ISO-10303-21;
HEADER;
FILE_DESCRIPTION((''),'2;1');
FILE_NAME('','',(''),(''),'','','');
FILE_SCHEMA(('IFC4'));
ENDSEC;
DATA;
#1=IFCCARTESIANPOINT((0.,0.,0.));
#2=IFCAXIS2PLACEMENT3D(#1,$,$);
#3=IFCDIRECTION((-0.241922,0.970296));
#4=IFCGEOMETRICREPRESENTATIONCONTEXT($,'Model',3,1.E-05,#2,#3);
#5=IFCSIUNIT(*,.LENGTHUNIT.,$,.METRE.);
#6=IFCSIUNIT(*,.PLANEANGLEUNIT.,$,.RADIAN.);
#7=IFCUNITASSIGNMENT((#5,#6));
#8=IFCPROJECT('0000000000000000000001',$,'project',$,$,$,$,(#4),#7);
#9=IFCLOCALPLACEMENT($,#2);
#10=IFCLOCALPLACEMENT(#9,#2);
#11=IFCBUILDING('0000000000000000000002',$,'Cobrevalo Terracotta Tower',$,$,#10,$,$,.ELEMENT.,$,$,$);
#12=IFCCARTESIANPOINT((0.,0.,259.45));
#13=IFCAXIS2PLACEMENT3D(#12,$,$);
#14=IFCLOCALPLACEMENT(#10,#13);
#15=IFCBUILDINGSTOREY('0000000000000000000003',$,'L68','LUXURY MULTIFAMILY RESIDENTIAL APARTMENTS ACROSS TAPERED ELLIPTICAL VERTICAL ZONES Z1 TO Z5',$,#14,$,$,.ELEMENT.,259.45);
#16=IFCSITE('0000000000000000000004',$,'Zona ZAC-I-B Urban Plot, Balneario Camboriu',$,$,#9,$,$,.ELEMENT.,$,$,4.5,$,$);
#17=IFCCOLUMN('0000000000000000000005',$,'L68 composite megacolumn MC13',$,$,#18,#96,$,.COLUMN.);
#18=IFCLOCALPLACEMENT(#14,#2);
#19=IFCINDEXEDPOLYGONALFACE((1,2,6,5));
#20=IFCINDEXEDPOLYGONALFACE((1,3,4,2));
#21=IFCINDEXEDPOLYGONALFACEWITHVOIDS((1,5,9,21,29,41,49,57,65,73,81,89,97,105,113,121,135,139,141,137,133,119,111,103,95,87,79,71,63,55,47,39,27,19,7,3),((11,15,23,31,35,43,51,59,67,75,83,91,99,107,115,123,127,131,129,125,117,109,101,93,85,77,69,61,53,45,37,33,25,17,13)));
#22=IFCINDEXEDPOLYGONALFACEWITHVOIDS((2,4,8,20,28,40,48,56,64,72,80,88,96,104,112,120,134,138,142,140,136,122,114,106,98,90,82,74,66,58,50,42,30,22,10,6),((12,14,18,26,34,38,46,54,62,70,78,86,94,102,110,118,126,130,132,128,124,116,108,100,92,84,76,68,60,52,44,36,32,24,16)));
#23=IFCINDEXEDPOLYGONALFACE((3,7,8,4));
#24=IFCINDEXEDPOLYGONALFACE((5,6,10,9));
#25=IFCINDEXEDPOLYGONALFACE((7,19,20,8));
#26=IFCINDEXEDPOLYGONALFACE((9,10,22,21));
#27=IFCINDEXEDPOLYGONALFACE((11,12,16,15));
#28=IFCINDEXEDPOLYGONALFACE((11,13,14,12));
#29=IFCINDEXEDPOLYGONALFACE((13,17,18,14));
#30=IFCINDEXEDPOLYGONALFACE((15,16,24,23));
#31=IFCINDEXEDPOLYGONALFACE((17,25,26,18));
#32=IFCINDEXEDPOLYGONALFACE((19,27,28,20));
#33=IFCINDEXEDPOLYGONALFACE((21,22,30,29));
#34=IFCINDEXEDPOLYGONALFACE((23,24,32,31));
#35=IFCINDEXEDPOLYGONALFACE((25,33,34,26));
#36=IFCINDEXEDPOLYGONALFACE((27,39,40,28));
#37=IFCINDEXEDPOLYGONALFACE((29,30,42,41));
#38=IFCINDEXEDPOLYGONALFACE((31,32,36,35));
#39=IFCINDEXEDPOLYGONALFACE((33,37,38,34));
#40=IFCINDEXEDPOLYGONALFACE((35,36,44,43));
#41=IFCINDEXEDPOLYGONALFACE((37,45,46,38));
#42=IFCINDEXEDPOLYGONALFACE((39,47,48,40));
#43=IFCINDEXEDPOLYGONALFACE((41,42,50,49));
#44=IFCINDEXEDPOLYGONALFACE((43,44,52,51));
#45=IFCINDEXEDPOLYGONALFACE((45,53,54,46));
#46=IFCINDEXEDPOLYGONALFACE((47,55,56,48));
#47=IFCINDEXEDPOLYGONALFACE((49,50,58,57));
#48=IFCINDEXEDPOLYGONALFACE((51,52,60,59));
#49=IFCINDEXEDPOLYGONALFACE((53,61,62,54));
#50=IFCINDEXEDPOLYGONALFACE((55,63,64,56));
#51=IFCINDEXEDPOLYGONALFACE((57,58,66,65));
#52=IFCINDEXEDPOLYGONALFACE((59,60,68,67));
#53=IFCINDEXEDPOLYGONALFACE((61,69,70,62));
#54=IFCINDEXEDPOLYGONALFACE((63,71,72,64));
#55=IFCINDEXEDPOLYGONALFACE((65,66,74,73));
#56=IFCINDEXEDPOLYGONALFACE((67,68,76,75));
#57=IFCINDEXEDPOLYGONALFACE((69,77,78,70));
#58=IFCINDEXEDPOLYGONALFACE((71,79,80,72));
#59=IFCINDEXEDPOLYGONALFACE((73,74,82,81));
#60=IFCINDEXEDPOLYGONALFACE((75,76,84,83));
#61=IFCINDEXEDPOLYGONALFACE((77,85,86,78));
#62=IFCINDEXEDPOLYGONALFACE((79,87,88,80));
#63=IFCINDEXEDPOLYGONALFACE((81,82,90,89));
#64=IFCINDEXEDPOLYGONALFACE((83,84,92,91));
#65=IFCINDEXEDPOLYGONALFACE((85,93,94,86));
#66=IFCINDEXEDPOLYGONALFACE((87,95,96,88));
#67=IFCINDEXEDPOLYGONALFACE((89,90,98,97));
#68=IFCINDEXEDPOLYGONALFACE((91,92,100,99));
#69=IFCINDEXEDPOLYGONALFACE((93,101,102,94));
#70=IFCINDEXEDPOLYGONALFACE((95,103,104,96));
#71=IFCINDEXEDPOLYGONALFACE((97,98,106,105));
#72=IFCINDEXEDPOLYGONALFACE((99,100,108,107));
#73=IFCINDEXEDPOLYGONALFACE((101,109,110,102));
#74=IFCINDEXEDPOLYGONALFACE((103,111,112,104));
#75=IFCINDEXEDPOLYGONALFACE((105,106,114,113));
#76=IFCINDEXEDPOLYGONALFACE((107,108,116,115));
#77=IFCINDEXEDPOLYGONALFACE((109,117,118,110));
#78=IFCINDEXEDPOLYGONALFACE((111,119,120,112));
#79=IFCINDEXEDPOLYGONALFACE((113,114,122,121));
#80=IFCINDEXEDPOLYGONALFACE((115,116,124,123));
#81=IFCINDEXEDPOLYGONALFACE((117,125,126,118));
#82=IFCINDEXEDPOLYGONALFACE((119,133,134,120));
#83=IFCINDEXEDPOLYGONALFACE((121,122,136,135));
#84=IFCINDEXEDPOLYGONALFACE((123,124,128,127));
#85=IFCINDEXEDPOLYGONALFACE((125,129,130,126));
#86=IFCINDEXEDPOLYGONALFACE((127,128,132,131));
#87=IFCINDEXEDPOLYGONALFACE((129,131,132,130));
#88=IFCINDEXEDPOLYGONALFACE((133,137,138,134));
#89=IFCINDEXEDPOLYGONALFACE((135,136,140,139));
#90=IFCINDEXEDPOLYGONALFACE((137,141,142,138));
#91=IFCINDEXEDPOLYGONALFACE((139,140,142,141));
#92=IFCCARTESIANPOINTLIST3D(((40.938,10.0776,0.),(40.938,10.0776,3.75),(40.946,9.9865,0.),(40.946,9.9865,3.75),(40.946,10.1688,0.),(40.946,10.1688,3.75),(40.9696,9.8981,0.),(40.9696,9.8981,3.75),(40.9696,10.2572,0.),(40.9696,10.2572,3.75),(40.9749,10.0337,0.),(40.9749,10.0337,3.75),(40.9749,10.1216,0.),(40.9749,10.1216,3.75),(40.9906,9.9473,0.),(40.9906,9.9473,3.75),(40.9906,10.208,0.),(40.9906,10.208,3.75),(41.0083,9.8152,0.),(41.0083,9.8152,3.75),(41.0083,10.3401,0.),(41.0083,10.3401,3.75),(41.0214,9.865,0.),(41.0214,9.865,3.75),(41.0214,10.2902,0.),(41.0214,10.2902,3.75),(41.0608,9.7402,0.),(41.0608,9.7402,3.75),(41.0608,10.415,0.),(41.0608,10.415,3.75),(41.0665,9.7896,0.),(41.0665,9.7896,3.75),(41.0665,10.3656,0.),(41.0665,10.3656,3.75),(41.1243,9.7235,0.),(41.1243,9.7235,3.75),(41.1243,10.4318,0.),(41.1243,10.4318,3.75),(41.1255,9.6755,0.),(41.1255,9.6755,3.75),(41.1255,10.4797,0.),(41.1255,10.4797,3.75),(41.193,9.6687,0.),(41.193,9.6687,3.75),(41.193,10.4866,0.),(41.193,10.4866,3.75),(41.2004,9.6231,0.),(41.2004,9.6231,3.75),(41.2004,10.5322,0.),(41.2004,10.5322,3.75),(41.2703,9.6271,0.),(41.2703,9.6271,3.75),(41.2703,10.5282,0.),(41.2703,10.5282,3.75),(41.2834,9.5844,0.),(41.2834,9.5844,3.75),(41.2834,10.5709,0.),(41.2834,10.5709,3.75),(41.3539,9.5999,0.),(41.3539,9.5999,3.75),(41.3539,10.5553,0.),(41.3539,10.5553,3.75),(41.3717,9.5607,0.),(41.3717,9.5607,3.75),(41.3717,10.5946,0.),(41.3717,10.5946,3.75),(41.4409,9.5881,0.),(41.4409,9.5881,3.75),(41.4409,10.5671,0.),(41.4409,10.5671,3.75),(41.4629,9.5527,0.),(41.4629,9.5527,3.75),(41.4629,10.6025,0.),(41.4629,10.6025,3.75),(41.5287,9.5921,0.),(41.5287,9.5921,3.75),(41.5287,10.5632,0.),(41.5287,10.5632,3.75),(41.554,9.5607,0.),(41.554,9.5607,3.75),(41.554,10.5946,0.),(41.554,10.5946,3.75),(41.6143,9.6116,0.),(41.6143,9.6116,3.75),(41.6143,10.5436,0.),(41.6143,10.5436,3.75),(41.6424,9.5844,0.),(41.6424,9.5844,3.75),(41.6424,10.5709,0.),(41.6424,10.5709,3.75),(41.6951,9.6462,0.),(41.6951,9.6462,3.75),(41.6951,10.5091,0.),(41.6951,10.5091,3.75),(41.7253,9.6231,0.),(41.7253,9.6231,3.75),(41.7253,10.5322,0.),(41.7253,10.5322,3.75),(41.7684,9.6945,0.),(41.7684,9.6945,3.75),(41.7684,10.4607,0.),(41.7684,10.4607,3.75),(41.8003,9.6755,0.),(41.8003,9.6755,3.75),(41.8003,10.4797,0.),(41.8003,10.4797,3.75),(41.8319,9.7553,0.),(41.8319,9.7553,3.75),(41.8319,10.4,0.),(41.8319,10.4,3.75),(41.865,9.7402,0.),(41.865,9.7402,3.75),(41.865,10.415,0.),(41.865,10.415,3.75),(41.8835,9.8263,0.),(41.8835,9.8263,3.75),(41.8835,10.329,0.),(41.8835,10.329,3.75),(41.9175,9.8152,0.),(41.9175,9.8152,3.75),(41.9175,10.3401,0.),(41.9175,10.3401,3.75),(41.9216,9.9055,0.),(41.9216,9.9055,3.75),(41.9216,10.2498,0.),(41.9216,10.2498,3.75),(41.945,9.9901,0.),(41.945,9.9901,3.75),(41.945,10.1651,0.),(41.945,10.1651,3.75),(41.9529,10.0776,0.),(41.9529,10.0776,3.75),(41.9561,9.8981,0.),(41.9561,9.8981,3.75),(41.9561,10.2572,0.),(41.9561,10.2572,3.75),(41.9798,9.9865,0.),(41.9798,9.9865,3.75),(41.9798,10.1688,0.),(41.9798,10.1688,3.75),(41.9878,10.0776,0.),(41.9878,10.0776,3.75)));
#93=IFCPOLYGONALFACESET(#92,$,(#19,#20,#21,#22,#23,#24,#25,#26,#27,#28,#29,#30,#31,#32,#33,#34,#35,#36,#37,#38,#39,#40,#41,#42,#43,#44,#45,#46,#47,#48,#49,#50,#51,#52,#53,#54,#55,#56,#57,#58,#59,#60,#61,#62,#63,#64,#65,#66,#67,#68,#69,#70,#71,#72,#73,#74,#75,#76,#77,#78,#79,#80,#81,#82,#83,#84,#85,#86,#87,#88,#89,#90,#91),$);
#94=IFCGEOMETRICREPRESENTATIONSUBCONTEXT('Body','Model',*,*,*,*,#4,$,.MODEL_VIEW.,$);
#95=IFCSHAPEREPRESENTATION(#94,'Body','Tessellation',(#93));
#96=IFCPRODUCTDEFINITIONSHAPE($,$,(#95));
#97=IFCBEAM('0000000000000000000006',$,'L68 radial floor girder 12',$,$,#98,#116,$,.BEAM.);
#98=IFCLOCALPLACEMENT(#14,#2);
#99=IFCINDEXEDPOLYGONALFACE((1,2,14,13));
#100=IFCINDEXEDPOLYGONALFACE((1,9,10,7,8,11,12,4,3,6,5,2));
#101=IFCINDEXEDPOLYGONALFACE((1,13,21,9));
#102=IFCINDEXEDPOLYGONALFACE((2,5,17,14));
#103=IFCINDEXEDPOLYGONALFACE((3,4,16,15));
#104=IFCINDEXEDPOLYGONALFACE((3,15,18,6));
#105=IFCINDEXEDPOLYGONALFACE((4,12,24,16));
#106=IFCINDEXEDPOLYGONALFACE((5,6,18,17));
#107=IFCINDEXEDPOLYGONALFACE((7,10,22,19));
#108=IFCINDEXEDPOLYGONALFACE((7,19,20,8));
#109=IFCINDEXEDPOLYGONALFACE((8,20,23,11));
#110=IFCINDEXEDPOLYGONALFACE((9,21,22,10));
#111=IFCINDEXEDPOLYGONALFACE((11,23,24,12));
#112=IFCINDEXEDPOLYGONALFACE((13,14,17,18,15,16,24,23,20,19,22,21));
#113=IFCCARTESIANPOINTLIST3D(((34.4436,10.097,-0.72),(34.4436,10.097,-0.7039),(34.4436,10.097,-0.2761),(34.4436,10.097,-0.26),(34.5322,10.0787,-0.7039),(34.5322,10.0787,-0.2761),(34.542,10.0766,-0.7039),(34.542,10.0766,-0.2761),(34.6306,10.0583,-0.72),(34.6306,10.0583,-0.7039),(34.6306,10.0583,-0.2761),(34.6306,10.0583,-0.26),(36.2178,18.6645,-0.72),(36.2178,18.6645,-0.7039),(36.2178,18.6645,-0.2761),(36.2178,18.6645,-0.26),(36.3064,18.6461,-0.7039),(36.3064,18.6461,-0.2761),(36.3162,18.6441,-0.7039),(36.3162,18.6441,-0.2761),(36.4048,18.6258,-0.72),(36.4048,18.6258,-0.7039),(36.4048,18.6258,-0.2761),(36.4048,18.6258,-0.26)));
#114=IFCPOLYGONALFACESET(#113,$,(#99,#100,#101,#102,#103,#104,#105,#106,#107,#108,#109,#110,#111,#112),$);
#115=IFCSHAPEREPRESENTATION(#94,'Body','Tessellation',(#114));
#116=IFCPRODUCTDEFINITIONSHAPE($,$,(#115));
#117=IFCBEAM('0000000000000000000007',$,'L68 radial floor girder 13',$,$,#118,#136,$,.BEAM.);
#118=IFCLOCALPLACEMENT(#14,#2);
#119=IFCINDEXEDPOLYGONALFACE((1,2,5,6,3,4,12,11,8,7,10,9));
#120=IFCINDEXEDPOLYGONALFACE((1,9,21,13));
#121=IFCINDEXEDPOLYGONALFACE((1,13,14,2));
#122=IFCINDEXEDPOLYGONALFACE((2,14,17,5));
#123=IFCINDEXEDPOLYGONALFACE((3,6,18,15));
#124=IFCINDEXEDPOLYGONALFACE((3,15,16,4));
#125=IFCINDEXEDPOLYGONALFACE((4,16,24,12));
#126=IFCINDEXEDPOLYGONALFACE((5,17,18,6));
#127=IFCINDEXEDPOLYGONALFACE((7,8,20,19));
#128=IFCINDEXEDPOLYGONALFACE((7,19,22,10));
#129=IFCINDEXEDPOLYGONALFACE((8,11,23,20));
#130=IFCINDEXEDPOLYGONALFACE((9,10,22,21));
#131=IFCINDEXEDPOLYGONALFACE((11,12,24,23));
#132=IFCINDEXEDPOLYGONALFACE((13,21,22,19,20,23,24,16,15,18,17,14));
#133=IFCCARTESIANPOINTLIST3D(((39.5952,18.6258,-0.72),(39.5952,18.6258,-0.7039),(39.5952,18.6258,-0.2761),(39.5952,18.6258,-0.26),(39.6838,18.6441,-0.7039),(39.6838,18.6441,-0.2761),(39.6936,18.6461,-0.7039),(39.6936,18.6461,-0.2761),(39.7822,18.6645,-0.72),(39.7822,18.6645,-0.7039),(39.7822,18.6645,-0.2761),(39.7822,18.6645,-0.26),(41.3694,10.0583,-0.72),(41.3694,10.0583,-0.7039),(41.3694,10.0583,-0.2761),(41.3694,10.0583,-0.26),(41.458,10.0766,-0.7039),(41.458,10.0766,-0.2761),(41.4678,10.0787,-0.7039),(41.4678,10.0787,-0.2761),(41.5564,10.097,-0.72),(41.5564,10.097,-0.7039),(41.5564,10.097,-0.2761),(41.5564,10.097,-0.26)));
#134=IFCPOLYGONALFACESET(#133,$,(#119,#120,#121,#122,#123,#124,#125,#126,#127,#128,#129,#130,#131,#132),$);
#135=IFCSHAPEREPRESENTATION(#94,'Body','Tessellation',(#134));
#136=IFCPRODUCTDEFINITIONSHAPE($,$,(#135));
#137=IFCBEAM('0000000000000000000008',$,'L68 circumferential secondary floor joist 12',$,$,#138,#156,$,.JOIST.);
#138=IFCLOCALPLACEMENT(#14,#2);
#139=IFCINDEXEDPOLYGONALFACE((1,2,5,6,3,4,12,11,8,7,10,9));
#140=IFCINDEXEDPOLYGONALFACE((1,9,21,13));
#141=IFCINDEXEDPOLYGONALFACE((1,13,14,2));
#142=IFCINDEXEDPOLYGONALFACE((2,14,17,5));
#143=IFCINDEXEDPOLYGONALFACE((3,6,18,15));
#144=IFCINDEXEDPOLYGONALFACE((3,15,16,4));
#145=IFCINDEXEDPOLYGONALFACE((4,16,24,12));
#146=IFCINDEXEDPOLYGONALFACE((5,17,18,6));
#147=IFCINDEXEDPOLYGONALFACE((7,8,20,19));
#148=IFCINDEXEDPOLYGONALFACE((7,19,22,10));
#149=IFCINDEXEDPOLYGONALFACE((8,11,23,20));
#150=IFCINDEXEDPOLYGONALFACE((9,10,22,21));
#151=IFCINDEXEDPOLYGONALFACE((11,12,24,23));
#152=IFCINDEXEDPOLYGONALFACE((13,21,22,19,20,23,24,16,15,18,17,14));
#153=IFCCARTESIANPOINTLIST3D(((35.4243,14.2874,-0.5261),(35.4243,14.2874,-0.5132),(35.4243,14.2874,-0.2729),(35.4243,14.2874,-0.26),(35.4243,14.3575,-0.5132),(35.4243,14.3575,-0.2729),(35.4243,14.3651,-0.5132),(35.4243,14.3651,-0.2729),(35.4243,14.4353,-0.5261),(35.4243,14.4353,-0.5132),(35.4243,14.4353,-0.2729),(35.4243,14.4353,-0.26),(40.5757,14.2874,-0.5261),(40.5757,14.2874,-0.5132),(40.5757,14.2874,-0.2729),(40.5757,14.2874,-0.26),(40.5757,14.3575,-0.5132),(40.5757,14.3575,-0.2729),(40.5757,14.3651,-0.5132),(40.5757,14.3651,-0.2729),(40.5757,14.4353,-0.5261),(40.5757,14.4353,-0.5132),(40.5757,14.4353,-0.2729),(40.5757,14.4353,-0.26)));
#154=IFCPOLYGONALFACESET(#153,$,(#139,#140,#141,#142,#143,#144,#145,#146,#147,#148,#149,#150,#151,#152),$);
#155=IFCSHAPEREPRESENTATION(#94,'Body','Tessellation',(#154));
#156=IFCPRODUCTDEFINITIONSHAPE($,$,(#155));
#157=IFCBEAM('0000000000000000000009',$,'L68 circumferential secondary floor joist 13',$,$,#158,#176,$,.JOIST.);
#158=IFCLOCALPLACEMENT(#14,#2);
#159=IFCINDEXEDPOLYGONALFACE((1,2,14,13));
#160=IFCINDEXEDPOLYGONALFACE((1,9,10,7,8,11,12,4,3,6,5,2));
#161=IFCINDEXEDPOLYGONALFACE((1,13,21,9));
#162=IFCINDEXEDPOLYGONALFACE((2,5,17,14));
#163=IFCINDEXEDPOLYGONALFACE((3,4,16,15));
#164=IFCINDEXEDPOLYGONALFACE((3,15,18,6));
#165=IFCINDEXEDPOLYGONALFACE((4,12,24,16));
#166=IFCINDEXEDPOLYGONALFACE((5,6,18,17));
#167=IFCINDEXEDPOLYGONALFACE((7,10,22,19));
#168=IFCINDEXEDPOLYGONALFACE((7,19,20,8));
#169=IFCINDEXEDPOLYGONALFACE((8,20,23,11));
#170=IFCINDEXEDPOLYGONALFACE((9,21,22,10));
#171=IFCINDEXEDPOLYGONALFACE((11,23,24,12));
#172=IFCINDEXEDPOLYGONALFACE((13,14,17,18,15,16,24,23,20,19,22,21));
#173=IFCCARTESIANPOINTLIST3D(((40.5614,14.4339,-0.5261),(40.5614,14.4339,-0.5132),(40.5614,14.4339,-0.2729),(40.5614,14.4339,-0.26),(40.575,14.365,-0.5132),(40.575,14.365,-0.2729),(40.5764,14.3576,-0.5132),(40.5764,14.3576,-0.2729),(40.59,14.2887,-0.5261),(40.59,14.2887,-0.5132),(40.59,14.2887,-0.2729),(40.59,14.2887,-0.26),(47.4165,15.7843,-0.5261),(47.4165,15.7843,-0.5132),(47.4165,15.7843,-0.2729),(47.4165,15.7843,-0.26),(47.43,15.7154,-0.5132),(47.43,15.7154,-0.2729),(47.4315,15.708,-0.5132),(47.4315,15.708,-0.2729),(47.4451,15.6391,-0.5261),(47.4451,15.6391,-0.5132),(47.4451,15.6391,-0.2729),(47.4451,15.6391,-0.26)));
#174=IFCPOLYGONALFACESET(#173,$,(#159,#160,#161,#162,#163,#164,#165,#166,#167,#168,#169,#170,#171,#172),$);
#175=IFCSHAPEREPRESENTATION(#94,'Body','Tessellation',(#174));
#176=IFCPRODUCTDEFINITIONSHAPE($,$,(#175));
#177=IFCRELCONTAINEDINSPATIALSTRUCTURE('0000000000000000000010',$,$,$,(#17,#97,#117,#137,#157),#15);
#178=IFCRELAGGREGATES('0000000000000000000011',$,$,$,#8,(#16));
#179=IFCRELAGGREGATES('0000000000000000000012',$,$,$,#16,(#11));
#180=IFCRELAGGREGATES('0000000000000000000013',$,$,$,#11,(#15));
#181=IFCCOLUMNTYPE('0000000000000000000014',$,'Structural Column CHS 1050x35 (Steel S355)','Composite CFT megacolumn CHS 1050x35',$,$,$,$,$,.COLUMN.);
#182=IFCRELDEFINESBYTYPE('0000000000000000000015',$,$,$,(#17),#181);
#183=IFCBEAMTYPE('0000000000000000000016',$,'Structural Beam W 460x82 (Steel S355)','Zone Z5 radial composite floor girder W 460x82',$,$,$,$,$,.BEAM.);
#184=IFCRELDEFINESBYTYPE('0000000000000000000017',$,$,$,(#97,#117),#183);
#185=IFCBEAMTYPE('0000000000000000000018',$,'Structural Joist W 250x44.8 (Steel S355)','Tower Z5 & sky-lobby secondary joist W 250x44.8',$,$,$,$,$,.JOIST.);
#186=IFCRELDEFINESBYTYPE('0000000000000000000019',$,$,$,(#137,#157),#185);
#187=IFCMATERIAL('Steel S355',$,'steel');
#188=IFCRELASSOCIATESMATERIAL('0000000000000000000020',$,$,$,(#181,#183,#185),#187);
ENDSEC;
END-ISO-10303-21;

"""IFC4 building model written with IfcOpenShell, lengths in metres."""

from ifc_helpers import new_model, si_unit, direction, frame, origin, origin_2d, place, context, subcontext, project, spatial, hollow_circle, i_section, extrude, material, material_profile, profile_set, type_object, element, save


model = new_model("IFC4")

# Units and contexts
model_context = context("Model", 3, precision=1e-05, world=origin(), true_north=direction((-0.241922, 0.970296)))
body_context = subcontext(model_context, "Body", "Model", "MODEL_VIEW")
ifc_project = project(units=[si_unit("LENGTHUNIT", "METRE"), si_unit("PLANEANGLEUNIT", "RADIAN")], contexts=[model_context])

# Site, building, storey
site_placement = place(None, origin())
site = spatial("IfcSite", under=ifc_project, at=site_placement, Name="Zona ZAC-I-B Urban Plot, Balneario Camboriu", CompositionType="ELEMENT", RefElevation=4.5)
building_placement = place(site_placement, origin())
building = spatial("IfcBuilding", under=site, at=building_placement, Name="Cobrevalo Terracotta Tower", CompositionType="ELEMENT")
storey_placement = place(building_placement, frame((0.0, 0.0, 259.45)))
storey = spatial("IfcBuildingStorey", under=building, at=storey_placement, Name="L68", Description="LUXURY MULTIFAMILY RESIDENTIAL APARTMENTS ACROSS TAPERED ELLIPTICAL VERTICAL ZONES Z1 TO Z5", CompositionType="ELEMENT", Elevation=259.45)

# Column
ifc_material_1 = material(Name="Steel S355", Category="steel")
ifc_material_profile_1 = material_profile(ifc_material_1, hollow_circle(Radius=0.5249, WallThickness=0.0349, at=origin_2d()), Name="CHS 1050x35")
ifc_profile_set_1 = profile_set([ifc_material_profile_1], Name="Steel S355")
column_type = type_object("IfcColumnType", Name="Structural Column CHS 1050x35 (Steel S355)", Description="Composite CFT megacolumn CHS 1050x35", PredefinedType="COLUMN", material=ifc_profile_set_1)
column_placement = place(storey_placement, frame((41.4629, 10.0776, 0.0), z_axis=(0.0, 0.0, 1.0), x_axis=(1.0, 0.0, 0.0)))
element("IfcColumn", 1, at=column_placement, inside=storey, type_object=column_type, Name="L68 composite megacolumn MC13", PredefinedType="COLUMN", context=body_context, shape_type="SweptSolid", body=[
    extrude(hollow_circle(Radius=0.5249, WallThickness=0.0349, at=origin_2d()), origin(), (0.0, 0.0, 1.0), 3.75),
])

# Beams
ifc_material_profile_2 = material_profile(ifc_material_1, i_section(OverallWidth=0.1909, OverallDepth=0.46, WebThickness=0.01, FlangeThickness=0.0161, at=origin_2d()), Name="W 460x82")
ifc_profile_set_2 = profile_set([ifc_material_profile_2], Name="Steel S355")
beam_type_1 = type_object("IfcBeamType", Name="Structural Beam W 460x82 (Steel S355)", Description="Zone Z5 radial composite floor girder W 460x82", PredefinedType="BEAM", material=ifc_profile_set_2)
for number, where, z_axis, x_axis, name in (
    (2, (34.5371, 10.0776, -0.49), (0.202782, 0.979224, 0.0), (-0.979224, 0.202782, 0.0), "L68 radial floor girder 12"),
    (3, (41.4629, 10.0776, -0.49), (-0.202782, 0.979224, 0.0), (-0.979224, -0.202782, 0.0), "L68 radial floor girder 13"),
):
    element("IfcBeam", number, at=place(storey_placement, frame(where, z_axis=z_axis, x_axis=x_axis)), inside=storey, type_object=beam_type_1, Name=name, PredefinedType="BEAM", context=body_context, shape_type="SweptSolid", body=[
        extrude(i_section(OverallWidth=0.1909, OverallDepth=0.46, WebThickness=0.01, FlangeThickness=0.0161, at=origin_2d()), origin(), (0.0, 0.0, 1.0), 8.7493),
    ])
ifc_material_profile_3 = material_profile(ifc_material_1, i_section(OverallWidth=0.1479, OverallDepth=0.2661, WebThickness=0.0076, FlangeThickness=0.0129, at=origin_2d()), Name="W 250x44.8")
ifc_profile_set_3 = profile_set([ifc_material_profile_3], Name="Steel S355")
beam_type_2 = type_object("IfcBeamType", Name="Structural Joist W 250x44.8 (Steel S355)", Description="Tower Z5 & sky-lobby secondary joist W 250x44.8", PredefinedType="JOIST", material=ifc_profile_set_3)
beam_1_placement = place(storey_placement, frame((35.4243, 14.3613, -0.3931), z_axis=(1.0, 0.0, 0.0), x_axis=(0.0, 1.0, 0.0)))
element("IfcBeam", 4, at=beam_1_placement, inside=storey, type_object=beam_type_2, Name="L68 circumferential secondary floor joist 12", PredefinedType="JOIST", context=body_context, shape_type="SweptSolid", body=[
    extrude(i_section(OverallWidth=0.1479, OverallDepth=0.2661, WebThickness=0.0076, FlangeThickness=0.0129, at=origin_2d()), origin(), (0.0, 0.0, 1.0), 5.1514),
])
beam_2_placement = place(storey_placement, frame((40.5757, 14.3613, -0.3931), z_axis=(0.981145, 0.193273, 0.0), x_axis=(-0.193273, 0.981145, 0.0)))
element("IfcBeam", 5, at=beam_2_placement, inside=storey, type_object=beam_type_2, Name="L68 circumferential secondary floor joist 13", PredefinedType="JOIST", context=body_context, shape_type="SweptSolid", body=[
    extrude(i_section(OverallWidth=0.1479, OverallDepth=0.2661, WebThickness=0.0076, FlangeThickness=0.0129, at=origin_2d()), origin(), (0.0, 0.0, 1.0), 6.9868),
])

save(model, "model.ifc")
